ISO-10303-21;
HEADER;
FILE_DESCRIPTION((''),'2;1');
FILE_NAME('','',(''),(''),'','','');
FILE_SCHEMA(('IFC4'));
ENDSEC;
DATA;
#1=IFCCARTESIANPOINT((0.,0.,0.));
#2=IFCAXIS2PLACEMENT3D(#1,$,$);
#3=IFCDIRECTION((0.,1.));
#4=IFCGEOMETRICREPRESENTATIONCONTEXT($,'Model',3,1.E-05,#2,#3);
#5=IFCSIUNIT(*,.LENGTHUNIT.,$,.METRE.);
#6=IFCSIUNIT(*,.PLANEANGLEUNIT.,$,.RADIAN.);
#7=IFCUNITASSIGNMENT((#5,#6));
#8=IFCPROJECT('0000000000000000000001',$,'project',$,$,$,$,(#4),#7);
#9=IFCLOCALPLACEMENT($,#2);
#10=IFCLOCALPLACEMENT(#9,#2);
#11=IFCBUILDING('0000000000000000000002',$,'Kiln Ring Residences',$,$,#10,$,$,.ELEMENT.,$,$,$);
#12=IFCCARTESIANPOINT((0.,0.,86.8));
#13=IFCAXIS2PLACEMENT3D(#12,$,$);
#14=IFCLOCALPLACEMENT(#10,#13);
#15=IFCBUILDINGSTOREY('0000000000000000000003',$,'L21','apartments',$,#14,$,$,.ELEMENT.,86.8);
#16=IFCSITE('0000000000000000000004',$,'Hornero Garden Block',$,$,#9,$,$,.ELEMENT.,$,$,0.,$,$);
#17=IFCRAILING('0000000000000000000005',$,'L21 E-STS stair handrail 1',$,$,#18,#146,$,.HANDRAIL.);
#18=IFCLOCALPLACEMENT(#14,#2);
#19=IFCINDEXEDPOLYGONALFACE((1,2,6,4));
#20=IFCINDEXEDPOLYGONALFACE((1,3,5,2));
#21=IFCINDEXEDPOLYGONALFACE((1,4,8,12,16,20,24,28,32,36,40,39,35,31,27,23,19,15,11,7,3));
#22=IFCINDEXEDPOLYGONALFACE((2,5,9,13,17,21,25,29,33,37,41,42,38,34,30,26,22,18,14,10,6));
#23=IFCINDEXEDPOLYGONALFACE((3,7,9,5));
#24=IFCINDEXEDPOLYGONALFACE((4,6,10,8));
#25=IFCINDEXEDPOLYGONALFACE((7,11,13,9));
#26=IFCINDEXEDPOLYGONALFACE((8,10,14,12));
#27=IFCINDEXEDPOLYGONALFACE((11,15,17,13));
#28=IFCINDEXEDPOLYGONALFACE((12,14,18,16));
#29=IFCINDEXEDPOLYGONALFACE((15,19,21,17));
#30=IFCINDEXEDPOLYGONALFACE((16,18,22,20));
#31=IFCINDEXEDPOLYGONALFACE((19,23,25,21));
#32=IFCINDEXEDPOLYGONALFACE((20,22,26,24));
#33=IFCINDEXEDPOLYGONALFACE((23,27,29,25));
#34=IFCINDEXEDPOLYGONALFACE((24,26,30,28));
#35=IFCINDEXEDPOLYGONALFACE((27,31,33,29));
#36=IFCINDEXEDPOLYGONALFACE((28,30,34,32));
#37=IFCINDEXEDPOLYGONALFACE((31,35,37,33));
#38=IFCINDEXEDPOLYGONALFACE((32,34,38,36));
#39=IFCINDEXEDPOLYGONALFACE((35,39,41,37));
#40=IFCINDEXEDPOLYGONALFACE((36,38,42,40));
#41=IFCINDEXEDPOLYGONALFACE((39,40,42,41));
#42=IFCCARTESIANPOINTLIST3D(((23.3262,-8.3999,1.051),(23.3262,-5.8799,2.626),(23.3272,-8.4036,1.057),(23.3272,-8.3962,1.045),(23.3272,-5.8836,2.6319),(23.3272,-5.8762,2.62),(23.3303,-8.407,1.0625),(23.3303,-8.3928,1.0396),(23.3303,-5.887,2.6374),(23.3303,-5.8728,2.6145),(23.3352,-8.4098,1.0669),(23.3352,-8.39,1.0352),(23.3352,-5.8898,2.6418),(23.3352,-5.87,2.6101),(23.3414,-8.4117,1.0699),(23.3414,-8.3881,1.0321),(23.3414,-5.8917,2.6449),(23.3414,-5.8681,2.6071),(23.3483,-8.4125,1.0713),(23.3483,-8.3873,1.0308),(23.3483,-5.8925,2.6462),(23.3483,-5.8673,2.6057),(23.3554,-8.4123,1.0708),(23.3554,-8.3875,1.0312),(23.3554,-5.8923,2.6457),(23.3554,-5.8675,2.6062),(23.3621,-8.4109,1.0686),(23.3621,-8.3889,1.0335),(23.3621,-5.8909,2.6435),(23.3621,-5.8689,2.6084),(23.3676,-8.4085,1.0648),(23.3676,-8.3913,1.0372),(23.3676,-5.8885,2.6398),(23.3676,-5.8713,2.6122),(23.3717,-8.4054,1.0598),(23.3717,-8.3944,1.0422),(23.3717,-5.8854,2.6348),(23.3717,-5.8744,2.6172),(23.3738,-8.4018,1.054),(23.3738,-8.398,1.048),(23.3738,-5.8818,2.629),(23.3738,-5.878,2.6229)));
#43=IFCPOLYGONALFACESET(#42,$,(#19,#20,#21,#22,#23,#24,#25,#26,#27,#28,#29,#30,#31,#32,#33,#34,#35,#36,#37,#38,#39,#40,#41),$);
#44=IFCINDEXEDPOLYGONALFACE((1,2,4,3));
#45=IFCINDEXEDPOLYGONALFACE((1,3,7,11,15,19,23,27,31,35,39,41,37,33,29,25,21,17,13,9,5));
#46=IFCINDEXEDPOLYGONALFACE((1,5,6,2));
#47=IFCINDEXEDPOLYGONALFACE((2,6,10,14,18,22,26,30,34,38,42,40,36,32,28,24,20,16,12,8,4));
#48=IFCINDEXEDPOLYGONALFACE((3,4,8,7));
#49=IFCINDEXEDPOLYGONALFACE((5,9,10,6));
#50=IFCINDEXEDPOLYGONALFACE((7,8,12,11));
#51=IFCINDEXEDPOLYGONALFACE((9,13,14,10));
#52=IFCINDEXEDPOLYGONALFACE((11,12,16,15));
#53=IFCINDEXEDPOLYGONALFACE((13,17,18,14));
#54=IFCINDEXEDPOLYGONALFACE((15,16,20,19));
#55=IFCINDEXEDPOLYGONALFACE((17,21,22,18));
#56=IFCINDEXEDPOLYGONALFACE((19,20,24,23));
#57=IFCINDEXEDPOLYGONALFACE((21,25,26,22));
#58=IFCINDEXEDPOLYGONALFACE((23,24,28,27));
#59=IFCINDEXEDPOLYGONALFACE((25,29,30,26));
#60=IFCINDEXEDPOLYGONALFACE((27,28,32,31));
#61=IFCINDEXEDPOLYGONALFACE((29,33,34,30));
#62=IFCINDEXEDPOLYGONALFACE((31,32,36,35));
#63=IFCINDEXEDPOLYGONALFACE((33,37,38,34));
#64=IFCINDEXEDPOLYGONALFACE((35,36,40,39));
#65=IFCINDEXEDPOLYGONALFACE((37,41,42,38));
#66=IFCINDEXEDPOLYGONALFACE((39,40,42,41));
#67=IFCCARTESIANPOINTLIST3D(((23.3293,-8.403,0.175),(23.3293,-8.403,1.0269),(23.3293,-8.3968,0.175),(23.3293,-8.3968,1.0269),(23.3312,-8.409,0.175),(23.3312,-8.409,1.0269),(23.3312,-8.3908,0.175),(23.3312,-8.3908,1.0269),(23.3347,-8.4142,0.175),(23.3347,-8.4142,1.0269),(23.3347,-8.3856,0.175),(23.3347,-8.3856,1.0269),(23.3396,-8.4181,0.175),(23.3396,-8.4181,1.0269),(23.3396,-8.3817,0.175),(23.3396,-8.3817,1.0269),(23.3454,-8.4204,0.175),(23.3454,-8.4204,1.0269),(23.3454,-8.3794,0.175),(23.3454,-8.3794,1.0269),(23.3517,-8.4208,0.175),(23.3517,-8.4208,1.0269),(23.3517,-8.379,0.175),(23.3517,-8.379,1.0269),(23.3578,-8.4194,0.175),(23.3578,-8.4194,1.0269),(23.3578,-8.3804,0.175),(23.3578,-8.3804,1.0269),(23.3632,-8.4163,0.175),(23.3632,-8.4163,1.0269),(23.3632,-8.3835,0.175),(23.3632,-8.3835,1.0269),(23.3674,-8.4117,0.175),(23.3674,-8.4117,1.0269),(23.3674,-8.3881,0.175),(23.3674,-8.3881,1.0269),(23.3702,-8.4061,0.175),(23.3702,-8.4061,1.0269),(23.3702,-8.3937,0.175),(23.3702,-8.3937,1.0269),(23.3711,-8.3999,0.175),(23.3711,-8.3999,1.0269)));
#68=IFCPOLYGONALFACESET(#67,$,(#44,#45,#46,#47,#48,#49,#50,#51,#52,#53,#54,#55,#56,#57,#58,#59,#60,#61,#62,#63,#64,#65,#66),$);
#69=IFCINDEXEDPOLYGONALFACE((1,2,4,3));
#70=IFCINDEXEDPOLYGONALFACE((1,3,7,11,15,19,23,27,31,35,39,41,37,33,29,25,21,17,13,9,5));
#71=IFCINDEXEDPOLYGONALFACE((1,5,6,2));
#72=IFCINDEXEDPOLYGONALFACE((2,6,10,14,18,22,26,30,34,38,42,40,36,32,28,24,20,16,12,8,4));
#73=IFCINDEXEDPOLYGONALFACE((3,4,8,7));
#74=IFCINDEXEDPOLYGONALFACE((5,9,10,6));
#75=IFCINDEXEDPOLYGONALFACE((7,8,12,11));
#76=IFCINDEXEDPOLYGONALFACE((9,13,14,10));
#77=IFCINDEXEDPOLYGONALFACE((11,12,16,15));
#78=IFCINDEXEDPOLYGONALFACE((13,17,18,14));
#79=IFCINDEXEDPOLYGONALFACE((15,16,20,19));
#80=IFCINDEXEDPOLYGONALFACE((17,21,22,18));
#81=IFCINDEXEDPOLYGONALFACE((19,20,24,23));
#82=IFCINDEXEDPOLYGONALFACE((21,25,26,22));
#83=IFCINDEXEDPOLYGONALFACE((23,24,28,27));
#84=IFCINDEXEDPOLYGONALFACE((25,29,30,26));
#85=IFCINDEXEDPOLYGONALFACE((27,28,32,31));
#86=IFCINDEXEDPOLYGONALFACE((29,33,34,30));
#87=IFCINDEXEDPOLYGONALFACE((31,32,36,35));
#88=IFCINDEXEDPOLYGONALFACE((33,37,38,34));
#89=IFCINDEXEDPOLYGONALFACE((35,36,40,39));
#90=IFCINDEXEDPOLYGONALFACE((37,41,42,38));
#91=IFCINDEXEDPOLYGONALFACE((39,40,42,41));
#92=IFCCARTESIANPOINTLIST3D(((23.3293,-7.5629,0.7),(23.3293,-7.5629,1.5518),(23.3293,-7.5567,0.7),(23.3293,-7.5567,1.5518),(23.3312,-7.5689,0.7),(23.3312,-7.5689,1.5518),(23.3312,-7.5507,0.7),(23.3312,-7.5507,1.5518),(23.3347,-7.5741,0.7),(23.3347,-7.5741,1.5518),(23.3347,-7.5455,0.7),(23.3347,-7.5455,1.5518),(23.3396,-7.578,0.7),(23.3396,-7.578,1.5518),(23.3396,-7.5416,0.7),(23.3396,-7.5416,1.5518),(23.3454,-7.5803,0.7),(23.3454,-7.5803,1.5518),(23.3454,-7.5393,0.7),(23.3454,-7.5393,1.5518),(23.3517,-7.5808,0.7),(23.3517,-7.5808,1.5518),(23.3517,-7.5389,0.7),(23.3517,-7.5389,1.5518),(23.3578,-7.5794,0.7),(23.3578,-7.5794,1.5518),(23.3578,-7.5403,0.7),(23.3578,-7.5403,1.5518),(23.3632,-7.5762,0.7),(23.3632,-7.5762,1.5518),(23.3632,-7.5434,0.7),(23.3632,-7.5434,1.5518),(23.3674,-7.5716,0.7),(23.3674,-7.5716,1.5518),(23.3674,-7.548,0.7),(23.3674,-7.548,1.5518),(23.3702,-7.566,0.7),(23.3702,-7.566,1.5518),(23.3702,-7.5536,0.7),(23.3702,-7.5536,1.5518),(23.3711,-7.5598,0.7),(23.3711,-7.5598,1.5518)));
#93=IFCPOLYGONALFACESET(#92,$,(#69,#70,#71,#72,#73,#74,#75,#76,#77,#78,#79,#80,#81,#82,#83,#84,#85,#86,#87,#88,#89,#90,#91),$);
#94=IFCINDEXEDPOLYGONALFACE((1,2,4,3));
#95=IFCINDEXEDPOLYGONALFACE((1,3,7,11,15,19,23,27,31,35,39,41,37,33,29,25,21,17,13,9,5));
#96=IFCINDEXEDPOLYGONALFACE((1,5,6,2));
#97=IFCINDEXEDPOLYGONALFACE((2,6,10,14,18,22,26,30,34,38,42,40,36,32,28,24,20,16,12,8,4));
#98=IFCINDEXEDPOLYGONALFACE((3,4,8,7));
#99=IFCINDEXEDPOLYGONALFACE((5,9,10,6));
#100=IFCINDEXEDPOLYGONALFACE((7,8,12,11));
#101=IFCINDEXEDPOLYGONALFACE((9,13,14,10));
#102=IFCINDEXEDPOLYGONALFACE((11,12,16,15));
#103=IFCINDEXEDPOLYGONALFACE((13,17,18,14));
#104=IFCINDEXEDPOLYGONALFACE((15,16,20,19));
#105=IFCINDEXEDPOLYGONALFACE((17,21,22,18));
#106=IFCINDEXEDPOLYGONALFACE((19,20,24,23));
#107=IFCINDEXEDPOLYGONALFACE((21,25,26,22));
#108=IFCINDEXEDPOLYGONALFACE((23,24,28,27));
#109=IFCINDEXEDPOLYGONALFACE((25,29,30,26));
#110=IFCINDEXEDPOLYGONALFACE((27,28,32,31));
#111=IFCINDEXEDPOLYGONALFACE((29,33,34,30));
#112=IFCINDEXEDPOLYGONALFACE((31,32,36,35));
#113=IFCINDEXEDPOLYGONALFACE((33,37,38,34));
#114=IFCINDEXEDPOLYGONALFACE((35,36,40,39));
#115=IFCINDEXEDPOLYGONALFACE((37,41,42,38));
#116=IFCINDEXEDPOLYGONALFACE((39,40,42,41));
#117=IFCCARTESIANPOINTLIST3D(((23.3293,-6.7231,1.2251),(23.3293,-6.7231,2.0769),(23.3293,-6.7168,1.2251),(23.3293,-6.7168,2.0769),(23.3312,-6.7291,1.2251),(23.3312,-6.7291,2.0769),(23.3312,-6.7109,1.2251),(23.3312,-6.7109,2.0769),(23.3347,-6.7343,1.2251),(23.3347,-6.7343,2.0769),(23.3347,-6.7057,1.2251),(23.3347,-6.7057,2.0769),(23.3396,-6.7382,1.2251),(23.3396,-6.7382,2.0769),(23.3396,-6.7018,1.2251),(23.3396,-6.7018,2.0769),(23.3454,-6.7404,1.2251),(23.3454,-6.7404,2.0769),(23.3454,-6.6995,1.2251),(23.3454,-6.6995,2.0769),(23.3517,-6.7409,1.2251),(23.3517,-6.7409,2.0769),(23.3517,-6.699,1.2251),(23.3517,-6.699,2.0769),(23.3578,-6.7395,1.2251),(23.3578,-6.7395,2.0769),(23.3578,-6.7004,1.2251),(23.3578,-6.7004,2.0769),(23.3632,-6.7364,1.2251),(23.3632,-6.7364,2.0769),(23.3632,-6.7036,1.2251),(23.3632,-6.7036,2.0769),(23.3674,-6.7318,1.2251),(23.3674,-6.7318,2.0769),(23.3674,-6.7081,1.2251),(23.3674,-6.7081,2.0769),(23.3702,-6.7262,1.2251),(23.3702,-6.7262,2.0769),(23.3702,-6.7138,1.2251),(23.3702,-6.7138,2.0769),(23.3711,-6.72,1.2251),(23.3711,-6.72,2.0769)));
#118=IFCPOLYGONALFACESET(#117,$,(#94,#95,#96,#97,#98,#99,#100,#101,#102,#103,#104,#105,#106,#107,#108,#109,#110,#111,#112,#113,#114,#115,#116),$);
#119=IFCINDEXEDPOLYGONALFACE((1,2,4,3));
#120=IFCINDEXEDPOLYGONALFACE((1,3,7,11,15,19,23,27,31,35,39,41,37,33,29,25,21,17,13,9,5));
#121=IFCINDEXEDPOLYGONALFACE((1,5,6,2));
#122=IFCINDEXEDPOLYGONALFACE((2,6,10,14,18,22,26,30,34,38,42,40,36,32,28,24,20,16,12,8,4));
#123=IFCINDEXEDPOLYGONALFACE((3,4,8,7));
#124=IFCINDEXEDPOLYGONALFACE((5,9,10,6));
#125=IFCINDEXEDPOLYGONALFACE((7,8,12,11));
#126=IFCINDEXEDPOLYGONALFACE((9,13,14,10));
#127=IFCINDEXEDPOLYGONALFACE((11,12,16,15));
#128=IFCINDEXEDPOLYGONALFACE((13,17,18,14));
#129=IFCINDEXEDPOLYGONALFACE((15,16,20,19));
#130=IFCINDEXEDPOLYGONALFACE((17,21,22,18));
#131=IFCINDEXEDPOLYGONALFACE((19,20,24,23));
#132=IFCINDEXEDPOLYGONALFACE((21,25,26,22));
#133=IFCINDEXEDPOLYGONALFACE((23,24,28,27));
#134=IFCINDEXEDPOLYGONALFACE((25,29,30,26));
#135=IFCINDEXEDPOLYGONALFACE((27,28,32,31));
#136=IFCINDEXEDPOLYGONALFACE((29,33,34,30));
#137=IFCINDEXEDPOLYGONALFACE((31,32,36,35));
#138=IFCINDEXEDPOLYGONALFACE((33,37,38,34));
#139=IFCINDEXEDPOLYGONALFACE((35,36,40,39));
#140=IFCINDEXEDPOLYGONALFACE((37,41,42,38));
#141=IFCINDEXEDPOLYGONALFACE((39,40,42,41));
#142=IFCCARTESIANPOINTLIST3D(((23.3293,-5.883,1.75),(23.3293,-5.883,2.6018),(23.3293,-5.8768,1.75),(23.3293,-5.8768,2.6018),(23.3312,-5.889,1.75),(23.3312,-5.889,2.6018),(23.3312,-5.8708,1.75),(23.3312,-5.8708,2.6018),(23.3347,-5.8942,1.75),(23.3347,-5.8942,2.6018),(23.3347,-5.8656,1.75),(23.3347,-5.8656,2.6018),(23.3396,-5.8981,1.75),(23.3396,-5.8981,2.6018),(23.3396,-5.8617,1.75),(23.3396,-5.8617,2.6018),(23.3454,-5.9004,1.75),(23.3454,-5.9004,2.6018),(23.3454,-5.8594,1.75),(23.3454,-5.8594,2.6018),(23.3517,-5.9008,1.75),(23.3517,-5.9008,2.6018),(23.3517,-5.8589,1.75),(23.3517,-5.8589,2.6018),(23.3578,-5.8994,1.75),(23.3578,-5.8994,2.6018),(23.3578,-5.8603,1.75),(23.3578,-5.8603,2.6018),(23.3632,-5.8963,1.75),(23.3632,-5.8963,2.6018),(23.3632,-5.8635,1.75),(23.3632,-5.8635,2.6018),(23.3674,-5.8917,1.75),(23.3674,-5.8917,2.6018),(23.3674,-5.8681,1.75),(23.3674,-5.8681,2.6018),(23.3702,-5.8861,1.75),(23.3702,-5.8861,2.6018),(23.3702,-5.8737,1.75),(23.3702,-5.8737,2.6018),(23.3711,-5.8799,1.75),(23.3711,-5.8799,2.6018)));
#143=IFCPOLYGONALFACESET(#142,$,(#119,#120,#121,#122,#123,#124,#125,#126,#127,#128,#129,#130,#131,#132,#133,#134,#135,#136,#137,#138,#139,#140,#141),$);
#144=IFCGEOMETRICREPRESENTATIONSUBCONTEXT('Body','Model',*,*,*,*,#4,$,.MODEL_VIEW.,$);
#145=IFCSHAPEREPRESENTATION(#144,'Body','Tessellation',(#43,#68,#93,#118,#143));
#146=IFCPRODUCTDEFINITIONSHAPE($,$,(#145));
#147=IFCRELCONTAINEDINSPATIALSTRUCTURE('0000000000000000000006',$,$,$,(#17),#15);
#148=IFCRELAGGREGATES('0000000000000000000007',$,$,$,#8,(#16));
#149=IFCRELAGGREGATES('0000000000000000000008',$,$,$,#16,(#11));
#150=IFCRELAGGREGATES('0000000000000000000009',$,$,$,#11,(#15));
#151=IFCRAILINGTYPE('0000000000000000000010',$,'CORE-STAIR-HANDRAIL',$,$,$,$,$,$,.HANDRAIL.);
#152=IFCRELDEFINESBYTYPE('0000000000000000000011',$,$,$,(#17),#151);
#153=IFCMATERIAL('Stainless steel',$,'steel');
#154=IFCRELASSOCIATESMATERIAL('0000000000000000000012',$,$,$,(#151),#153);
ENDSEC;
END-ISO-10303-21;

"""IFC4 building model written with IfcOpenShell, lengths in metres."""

from ifc_helpers import new_model, si_unit, direction, frame, origin, origin_2d, place, context, subcontext, project, spatial, circle, extrude, material, type_object, element, save


model = new_model("IFC4")

# Units and contexts
model_context = context("Model", 3, precision=1e-05, world=origin(), true_north=direction((0.0, 1.0)))
body_context = subcontext(model_context, "Body", "Model", "MODEL_VIEW")
ifc_project = project(units=[si_unit("LENGTHUNIT", "METRE"), si_unit("PLANEANGLEUNIT", "RADIAN")], contexts=[model_context])

# Site, building, storey
site_placement = place(None, origin())
site = spatial("IfcSite", under=ifc_project, at=site_placement, Name="Hornero Garden Block", CompositionType="ELEMENT", RefElevation=0.0)
building_placement = place(site_placement, origin())
building = spatial("IfcBuilding", under=site, at=building_placement, Name="Kiln Ring Residences", CompositionType="ELEMENT")
storey_placement = place(building_placement, frame((0.0, 0.0, 86.8)))
storey = spatial("IfcBuildingStorey", under=building, at=storey_placement, Name="L21", Description="apartments", CompositionType="ELEMENT", Elevation=86.8)

# Railing
ifc_material_1 = material(Name="Stainless steel", Category="steel")
railing_type_1 = type_object("IfcRailingType", Name="CORE-STAIR-HANDRAIL", PredefinedType="HANDRAIL", material=ifc_material_1)
railing_1_placement = place(storey_placement, frame((23.3501, -8.3999, 0.175)))
element("IfcRailing", 1, at=railing_1_placement, inside=storey, type_object=railing_type_1, Name="L21 E-STS stair handrail 1", PredefinedType="HANDRAIL", context=body_context, shape_type="SweptSolid", body=[
    extrude(circle(Radius=0.0239, at=origin_2d()), frame((0.0, 0.0, 0.876), z_axis=(0.0, 0.848008, 0.529984), x_axis=(-1.0, 0.0, 0.0)), (0.0, 0.0, 1.0), 2.9717),
    extrude(circle(Radius=0.021, at=origin_2d()), origin(), (0.0, 0.0, 1.0), 0.8518),
    extrude(circle(Radius=0.021, at=origin_2d()), frame((0.0, 0.8401, 0.5249)), (0.0, 0.0, 1.0), 0.8518),
    extrude(circle(Radius=0.021, at=origin_2d()), frame((0.0, 1.6799, 1.05)), (0.0, 0.0, 1.0), 0.8518),
    extrude(circle(Radius=0.021, at=origin_2d()), frame((0.0, 2.52, 1.575)), (0.0, 0.0, 1.0), 0.8518),
])

save(model, "model.ifc")
